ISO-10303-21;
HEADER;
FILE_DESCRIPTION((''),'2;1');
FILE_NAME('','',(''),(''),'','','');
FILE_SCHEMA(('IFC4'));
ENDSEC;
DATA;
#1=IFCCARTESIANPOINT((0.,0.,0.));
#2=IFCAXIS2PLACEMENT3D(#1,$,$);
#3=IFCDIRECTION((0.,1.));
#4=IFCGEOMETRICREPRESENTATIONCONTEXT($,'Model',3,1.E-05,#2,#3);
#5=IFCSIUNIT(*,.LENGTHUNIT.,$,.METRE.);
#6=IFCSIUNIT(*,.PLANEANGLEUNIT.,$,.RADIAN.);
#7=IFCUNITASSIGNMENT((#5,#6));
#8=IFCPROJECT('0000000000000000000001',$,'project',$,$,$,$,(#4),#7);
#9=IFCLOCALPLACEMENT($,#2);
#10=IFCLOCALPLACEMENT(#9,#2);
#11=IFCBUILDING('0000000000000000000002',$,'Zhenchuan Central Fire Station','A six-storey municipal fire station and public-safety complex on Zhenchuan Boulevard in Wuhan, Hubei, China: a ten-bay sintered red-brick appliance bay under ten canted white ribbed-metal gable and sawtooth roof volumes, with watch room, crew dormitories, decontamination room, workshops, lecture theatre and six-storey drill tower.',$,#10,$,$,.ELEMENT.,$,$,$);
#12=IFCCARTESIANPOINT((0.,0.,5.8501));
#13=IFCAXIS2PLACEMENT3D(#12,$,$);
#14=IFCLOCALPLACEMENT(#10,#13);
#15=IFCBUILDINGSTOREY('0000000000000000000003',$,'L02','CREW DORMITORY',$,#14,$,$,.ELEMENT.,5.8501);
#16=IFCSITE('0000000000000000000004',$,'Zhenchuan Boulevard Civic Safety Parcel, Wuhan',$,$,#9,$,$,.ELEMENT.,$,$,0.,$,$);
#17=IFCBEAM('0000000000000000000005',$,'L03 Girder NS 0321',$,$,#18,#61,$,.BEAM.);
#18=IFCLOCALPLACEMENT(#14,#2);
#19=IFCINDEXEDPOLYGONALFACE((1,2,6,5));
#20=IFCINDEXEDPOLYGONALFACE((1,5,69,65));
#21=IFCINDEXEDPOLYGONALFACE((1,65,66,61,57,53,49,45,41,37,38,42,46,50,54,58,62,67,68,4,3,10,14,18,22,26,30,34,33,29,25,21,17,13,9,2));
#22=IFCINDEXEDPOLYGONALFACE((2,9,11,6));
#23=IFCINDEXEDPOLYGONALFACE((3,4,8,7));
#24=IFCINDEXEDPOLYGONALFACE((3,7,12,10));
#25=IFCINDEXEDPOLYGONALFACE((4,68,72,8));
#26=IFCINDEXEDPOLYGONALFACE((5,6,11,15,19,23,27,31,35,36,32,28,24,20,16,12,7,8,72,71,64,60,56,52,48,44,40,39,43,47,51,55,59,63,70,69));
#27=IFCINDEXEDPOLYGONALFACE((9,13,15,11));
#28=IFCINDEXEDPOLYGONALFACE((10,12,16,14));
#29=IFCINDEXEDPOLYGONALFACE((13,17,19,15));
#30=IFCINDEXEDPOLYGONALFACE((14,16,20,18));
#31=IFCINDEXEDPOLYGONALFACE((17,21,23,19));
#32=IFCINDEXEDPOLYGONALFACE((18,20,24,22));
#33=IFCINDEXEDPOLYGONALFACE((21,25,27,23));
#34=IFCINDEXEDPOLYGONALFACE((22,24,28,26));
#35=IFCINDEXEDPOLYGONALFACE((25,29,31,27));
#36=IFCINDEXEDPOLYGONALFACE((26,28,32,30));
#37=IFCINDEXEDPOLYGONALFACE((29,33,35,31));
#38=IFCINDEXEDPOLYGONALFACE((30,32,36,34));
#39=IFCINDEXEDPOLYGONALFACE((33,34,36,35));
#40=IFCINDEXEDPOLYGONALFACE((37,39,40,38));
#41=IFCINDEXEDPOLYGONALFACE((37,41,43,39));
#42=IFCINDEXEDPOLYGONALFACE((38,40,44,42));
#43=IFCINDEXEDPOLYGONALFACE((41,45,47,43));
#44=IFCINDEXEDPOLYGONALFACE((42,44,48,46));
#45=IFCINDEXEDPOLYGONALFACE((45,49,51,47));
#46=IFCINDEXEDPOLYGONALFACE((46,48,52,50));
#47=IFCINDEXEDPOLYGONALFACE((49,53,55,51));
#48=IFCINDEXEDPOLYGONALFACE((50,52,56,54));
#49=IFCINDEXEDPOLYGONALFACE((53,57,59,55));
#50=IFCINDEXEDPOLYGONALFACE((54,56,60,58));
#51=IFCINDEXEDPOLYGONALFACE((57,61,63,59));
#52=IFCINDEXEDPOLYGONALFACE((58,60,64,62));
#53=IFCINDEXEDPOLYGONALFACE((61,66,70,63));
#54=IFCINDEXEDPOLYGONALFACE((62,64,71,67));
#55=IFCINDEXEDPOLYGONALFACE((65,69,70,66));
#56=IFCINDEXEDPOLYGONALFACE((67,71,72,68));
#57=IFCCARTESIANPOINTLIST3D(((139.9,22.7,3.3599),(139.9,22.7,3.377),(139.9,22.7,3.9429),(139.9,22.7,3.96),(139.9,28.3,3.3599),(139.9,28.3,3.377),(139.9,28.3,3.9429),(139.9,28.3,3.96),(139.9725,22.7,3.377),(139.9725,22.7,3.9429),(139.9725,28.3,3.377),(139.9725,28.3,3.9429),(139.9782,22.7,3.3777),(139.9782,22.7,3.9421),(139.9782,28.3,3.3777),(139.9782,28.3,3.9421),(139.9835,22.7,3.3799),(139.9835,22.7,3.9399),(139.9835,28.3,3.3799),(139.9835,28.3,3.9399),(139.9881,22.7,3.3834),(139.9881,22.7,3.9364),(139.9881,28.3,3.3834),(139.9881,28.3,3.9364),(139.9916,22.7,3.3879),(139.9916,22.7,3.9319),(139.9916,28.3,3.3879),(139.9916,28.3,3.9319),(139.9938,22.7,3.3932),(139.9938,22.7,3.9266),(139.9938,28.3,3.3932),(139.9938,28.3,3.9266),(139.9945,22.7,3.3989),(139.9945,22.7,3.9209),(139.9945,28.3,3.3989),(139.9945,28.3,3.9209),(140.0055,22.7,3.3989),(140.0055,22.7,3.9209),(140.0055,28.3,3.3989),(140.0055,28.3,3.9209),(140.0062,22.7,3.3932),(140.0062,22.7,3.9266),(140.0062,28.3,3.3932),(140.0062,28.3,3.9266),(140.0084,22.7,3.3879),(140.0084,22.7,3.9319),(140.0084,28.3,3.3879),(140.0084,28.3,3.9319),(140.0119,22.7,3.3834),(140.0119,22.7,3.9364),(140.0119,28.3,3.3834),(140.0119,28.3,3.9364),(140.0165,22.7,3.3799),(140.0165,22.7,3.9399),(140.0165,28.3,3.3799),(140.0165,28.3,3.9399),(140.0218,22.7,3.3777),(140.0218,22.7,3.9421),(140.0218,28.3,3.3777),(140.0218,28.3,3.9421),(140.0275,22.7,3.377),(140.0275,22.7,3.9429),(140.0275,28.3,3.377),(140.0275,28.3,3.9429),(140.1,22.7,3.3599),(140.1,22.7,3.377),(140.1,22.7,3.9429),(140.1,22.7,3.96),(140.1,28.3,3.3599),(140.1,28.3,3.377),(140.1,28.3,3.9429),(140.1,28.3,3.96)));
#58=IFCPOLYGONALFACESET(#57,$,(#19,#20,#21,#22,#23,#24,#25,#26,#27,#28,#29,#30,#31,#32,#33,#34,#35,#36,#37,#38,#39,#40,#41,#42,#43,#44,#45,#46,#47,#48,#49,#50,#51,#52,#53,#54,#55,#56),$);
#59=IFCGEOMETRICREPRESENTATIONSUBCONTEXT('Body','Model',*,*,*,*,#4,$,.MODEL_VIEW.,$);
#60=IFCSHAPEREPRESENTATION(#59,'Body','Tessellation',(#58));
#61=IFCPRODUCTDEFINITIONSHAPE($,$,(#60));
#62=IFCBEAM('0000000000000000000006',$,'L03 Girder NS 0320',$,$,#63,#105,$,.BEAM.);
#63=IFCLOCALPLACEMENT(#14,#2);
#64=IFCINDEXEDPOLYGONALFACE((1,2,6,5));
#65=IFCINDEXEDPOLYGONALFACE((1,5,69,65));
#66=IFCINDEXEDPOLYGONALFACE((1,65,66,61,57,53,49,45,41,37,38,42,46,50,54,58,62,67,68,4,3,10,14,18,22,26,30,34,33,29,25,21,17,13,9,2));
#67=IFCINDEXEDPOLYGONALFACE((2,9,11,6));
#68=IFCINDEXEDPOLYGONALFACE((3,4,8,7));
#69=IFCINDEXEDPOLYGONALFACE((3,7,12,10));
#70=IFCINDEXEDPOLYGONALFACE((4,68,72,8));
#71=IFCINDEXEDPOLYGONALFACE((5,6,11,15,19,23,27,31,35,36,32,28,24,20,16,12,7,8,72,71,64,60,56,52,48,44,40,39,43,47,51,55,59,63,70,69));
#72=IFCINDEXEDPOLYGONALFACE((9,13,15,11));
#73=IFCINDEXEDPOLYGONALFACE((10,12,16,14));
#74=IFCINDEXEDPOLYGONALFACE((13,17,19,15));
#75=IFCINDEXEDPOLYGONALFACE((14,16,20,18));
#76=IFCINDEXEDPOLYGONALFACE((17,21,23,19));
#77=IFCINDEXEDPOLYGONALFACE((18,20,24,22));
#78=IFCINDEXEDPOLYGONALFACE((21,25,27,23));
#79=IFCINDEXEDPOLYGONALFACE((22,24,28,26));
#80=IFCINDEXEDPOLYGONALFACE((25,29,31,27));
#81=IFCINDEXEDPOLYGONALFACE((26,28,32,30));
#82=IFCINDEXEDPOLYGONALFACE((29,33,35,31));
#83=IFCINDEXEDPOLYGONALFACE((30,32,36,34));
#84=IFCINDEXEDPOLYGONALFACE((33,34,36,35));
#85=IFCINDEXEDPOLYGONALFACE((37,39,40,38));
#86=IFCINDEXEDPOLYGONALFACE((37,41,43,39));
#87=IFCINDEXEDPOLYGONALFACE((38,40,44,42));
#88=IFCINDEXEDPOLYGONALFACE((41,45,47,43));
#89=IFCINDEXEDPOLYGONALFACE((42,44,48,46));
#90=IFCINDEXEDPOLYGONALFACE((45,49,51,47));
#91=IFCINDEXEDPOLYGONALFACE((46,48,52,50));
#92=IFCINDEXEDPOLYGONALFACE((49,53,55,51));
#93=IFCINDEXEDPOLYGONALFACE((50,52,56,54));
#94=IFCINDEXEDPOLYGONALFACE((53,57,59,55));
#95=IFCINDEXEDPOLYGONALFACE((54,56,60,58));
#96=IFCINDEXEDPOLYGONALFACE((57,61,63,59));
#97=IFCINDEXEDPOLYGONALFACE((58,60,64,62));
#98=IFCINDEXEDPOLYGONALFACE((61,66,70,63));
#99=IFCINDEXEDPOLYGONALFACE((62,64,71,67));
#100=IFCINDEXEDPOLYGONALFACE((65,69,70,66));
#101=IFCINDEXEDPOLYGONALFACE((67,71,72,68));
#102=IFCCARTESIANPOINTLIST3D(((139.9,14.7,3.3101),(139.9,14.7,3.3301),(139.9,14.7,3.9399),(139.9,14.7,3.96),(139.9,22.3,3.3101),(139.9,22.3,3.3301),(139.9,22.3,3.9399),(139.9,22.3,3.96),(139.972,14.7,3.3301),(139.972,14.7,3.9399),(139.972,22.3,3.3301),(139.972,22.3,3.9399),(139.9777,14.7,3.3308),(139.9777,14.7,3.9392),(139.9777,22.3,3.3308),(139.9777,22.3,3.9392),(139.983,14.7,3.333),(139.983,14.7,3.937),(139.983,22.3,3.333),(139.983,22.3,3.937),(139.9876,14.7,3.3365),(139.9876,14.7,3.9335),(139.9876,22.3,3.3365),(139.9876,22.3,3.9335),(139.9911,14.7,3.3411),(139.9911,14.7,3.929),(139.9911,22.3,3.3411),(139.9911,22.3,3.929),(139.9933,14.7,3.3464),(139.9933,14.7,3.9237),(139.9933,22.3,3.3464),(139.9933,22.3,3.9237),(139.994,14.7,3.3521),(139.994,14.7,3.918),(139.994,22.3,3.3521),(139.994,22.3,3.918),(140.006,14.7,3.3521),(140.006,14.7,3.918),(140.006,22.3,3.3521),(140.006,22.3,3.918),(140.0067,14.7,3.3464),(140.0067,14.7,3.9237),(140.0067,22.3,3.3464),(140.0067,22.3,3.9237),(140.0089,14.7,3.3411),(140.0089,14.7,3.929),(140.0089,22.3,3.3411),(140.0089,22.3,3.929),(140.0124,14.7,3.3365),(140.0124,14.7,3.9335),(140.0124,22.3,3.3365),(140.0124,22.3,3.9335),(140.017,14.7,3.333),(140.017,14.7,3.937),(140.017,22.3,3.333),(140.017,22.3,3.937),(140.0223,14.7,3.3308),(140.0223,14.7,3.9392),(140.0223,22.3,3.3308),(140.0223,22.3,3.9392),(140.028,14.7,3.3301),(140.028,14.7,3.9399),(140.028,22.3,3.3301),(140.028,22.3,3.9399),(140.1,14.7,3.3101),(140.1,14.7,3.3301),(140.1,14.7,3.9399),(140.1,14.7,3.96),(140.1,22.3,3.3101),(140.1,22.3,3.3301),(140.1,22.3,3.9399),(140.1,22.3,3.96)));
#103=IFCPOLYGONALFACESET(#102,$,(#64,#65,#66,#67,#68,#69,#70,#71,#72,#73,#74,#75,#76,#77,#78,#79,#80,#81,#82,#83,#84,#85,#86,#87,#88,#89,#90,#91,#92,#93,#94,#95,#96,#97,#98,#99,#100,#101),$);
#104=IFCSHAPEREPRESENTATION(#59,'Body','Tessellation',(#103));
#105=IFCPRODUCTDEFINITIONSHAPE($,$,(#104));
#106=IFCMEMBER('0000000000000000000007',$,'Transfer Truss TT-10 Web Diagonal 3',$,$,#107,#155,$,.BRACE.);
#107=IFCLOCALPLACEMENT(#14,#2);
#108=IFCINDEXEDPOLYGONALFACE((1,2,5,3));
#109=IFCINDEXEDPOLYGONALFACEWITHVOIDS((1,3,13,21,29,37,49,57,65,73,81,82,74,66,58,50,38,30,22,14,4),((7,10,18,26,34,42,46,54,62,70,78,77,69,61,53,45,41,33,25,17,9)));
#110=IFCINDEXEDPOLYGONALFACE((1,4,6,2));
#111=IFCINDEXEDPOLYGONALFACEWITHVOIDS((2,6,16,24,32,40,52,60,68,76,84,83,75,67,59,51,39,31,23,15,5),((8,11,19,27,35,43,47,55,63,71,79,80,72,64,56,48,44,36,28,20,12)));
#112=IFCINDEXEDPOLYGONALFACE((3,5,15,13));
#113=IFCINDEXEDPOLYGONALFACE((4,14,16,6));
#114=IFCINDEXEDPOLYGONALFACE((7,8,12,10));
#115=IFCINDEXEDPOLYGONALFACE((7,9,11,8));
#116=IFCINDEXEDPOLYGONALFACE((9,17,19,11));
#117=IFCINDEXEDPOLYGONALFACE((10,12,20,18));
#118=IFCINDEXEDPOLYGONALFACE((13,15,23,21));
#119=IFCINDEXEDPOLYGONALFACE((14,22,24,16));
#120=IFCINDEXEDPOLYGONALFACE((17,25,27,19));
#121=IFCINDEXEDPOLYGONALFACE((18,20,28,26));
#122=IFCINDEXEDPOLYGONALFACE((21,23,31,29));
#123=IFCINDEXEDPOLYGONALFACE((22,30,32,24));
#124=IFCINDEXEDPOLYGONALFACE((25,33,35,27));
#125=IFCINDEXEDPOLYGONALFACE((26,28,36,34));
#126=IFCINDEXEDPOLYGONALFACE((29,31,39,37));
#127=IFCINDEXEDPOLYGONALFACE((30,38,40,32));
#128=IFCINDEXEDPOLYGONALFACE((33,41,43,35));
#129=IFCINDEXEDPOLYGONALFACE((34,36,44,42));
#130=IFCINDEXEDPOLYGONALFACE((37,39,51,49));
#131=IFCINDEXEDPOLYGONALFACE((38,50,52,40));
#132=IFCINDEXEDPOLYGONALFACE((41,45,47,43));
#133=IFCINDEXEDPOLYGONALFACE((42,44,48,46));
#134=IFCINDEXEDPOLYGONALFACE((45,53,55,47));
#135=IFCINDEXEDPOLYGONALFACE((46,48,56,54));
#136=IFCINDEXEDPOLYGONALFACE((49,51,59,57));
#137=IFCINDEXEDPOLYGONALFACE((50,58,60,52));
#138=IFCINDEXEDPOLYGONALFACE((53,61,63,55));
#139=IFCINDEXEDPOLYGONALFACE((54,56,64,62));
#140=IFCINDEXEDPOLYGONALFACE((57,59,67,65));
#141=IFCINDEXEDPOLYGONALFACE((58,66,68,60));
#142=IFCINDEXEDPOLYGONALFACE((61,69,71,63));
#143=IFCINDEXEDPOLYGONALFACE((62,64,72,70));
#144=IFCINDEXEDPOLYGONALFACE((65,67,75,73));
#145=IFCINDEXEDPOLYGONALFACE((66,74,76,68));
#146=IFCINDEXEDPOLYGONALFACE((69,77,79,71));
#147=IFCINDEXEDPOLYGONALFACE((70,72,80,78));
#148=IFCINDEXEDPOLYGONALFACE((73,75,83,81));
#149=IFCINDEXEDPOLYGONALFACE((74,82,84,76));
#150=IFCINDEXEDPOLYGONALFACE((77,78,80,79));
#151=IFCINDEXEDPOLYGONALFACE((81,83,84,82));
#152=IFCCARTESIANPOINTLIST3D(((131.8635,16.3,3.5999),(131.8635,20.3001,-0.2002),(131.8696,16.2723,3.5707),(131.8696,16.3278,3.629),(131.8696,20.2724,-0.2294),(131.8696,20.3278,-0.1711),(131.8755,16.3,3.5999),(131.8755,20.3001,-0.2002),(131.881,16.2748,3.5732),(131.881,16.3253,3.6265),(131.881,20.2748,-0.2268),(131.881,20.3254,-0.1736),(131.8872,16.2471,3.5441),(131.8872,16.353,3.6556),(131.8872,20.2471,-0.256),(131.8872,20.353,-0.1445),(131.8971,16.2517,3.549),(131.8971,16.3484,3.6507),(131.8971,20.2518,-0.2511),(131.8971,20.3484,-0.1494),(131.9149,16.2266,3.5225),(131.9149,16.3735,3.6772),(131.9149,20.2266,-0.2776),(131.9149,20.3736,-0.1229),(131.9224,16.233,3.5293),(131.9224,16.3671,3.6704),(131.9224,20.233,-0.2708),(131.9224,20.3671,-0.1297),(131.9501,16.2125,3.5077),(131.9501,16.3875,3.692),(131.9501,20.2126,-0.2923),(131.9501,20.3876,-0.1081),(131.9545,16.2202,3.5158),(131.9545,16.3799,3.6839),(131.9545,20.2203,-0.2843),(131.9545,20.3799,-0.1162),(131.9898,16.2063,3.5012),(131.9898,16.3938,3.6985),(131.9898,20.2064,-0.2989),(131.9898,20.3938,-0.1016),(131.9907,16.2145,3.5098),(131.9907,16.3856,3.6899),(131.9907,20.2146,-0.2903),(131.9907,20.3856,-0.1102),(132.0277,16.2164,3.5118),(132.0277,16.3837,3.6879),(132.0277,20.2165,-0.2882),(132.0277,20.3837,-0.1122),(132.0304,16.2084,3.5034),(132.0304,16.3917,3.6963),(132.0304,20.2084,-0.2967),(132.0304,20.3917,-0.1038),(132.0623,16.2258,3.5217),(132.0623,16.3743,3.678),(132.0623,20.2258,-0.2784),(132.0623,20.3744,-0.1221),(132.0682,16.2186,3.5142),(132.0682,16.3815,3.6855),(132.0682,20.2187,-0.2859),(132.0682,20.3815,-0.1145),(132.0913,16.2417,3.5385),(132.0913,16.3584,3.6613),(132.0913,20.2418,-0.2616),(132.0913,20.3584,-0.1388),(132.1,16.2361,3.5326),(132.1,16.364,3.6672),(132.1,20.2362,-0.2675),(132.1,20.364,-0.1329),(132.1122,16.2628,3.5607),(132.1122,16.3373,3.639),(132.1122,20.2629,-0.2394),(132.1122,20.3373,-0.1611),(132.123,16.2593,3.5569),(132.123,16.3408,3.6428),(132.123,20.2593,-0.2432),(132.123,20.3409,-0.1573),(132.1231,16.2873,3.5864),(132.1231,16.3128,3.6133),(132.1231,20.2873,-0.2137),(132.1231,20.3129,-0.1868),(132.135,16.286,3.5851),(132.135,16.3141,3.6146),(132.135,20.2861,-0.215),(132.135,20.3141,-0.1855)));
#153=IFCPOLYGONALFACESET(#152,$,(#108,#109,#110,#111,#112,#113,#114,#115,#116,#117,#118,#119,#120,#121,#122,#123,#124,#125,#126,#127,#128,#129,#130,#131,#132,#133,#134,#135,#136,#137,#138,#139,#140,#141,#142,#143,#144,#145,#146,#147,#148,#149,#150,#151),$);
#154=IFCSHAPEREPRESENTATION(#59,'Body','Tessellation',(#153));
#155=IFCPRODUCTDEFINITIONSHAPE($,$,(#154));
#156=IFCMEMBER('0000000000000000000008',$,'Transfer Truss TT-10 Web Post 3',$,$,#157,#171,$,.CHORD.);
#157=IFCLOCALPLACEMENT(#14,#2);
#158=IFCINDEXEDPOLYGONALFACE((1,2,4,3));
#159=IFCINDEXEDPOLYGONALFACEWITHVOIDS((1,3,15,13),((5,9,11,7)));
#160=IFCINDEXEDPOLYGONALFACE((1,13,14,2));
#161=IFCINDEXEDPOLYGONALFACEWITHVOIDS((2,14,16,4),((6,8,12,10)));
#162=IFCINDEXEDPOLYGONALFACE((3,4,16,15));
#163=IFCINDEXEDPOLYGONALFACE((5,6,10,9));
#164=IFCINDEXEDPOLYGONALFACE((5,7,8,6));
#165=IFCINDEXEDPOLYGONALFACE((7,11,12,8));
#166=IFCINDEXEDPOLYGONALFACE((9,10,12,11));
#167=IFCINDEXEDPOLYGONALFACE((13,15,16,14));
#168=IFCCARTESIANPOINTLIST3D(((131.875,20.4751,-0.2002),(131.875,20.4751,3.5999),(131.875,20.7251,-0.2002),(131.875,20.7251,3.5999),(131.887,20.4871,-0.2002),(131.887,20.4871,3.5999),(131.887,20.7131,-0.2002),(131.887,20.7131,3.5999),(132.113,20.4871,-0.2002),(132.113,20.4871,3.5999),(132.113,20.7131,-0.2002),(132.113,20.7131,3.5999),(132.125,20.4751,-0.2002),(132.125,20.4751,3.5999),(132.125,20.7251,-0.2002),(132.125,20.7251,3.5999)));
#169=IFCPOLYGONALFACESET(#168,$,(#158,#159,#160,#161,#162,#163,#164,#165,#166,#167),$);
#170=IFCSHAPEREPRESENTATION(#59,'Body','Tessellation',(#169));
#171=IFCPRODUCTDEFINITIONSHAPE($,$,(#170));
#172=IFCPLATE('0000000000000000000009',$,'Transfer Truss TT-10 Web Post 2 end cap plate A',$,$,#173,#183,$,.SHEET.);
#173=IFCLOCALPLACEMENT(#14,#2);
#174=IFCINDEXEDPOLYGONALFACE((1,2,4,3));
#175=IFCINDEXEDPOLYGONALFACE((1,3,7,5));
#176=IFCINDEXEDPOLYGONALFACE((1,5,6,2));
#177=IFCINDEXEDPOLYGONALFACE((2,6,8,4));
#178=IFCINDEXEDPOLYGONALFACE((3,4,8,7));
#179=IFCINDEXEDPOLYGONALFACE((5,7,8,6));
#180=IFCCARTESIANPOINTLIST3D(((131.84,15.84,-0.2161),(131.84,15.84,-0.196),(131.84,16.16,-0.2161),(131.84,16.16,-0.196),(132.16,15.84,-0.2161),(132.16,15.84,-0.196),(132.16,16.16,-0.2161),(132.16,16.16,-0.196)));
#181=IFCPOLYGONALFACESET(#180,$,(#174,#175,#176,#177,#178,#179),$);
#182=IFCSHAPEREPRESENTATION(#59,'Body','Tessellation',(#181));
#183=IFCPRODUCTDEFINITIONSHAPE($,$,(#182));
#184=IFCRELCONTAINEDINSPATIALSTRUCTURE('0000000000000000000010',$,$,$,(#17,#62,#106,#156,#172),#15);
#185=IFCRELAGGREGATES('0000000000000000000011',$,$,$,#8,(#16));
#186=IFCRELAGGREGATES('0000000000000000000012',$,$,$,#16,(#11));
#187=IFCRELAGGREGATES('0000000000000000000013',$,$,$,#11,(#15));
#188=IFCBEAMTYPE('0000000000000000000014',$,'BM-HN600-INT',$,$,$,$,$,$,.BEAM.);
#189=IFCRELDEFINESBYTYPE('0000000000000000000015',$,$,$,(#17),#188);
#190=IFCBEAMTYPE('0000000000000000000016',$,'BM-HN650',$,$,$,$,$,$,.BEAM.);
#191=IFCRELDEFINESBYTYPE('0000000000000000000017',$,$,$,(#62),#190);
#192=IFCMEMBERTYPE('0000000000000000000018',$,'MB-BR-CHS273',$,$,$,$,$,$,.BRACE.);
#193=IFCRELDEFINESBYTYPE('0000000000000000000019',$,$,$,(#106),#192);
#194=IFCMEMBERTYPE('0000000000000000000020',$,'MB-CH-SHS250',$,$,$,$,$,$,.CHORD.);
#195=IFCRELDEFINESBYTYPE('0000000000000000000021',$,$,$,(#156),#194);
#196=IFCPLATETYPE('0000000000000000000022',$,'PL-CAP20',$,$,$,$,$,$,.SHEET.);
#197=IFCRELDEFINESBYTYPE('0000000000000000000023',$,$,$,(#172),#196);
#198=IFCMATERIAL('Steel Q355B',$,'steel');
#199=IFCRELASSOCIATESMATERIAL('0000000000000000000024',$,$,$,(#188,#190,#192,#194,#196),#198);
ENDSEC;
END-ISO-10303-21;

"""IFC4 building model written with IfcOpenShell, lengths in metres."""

from ifc_helpers import new_model, si_unit, direction, frame, origin, origin_2d, place, context, subcontext, project, spatial, rectangle, hollow_rectangle, hollow_circle, i_section, extrude, material, material_profile, profile_set, type_object, element, save


model = new_model("IFC4")

# Units and contexts
model_context = context("Model", 3, precision=1e-05, world=origin(), true_north=direction((0.0, 1.0)))
body_context = subcontext(model_context, "Body", "Model", "MODEL_VIEW")
ifc_project = project(units=[si_unit("LENGTHUNIT", "METRE"), si_unit("PLANEANGLEUNIT", "RADIAN")], contexts=[model_context])

# Site, building, storey
site_placement = place(None, origin())
site = spatial("IfcSite", under=ifc_project, at=site_placement, Name="Zhenchuan Boulevard Civic Safety Parcel, Wuhan", CompositionType="ELEMENT", RefElevation=0.0)
building_placement = place(site_placement, origin())
building = spatial("IfcBuilding", under=site, at=building_placement, Name="Zhenchuan Central Fire Station", Description="A six-storey municipal fire station and public-safety complex on Zhenchuan Boulevard in Wuhan, Hubei, China: a ten-bay sintered red-brick appliance bay under ten canted white ribbed-metal gable and sawtooth roof volumes, with watch room, crew dormitories, decontamination room, workshops, lecture theatre and six-storey drill tower.", CompositionType="ELEMENT")
storey_placement = place(building_placement, frame((0.0, 0.0, 5.8501)))
storey = spatial("IfcBuildingStorey", under=building, at=storey_placement, Name="L02", Description="CREW DORMITORY", CompositionType="ELEMENT", Elevation=5.8501)

# Shared definitions
ifc_material_1 = material(Name="Steel Q355B", Category="steel")

# Beams
ifc_material_profile_1 = material_profile(ifc_material_1, i_section(OverallWidth=0.2, OverallDepth=0.6001, WebThickness=0.011, FlangeThickness=0.0171, FilletRadius=0.022, at=origin_2d()), Name="HN 600x200")
ifc_profile_set_1 = profile_set([ifc_material_profile_1], Name="Steel Q355B")
beam_type_1 = type_object("IfcBeamType", Name="BM-HN600-INT", PredefinedType="BEAM", material=ifc_profile_set_1)
beam_1_placement = place(storey_placement, frame((140.0, 22.7, 3.6599), z_axis=(0.0, 1.0, 0.0), x_axis=(-1.0, 0.0, 0.0)))
element("IfcBeam", 1, at=beam_1_placement, inside=storey, type_object=beam_type_1, Name="L03 Girder NS 0321", PredefinedType="BEAM", context=body_context, shape_type="SweptSolid", body=[
    extrude(i_section(OverallWidth=0.2, OverallDepth=0.6001, WebThickness=0.011, FlangeThickness=0.0171, FilletRadius=0.022, at=origin_2d()), origin(), (0.0, 0.0, 1.0), 5.6001),
])
ifc_material_profile_2 = material_profile(ifc_material_1, i_section(OverallWidth=0.2, OverallDepth=0.6499, WebThickness=0.012, FlangeThickness=0.02, FilletRadius=0.022, at=origin_2d()), Name="HN 650x200")
ifc_profile_set_2 = profile_set([ifc_material_profile_2], Name="Steel Q355B")
beam_type_2 = type_object("IfcBeamType", Name="BM-HN650", PredefinedType="BEAM", material=ifc_profile_set_2)
beam_2_placement = place(storey_placement, frame((140.0, 14.7, 3.635), z_axis=(0.0, 1.0, 0.0), x_axis=(-1.0, 0.0, 0.0)))
element("IfcBeam", 2, at=beam_2_placement, inside=storey, type_object=beam_type_2, Name="L03 Girder NS 0320", PredefinedType="BEAM", context=body_context, shape_type="SweptSolid", body=[
    extrude(i_section(OverallWidth=0.2, OverallDepth=0.6499, WebThickness=0.012, FlangeThickness=0.02, FilletRadius=0.022, at=origin_2d()), origin(), (0.0, 0.0, 1.0), 7.6001),
])

# Members
ifc_material_profile_3 = material_profile(ifc_material_1, hollow_circle(Radius=0.1365, WallThickness=0.012, at=origin_2d()), Name="CHS 273x12")
ifc_profile_set_3 = profile_set([ifc_material_profile_3], Name="Steel Q355B")
member_type_1 = type_object("IfcMemberType", Name="MB-BR-CHS273", PredefinedType="BRACE", material=ifc_profile_set_3)
member_1_placement = place(storey_placement, frame((132.0, 16.3, 3.5999), z_axis=(0.0, 0.724995, -0.688754), x_axis=(-1.0, 0.0, 0.0)))
element("IfcMember", 3, at=member_1_placement, inside=storey, type_object=member_type_1, Name="Transfer Truss TT-10 Web Diagonal 3", PredefinedType="BRACE", context=body_context, shape_type="SweptSolid", body=[
    extrude(hollow_circle(Radius=0.1365, WallThickness=0.012, at=origin_2d()), origin(), (0.0, 0.0, 1.0), 5.5173),
])
ifc_material_profile_4 = material_profile(ifc_material_1, hollow_rectangle(XDim=0.25, YDim=0.25, WallThickness=0.012, at=origin_2d()), Name="SHS 250x250x12")
ifc_profile_set_4 = profile_set([ifc_material_profile_4], Name="Steel Q355B")
member_type_2 = type_object("IfcMemberType", Name="MB-CH-SHS250", PredefinedType="CHORD", material=ifc_profile_set_4)
member_2_placement = place(storey_placement, frame((132.0, 20.6001, -0.2002), z_axis=(0.0, 0.0, 1.0), x_axis=(1.0, 0.0, 0.0)))
element("IfcMember", 4, at=member_2_placement, inside=storey, type_object=member_type_2, Name="Transfer Truss TT-10 Web Post 3", PredefinedType="CHORD", context=body_context, shape_type="SweptSolid", body=[
    extrude(hollow_rectangle(XDim=0.25, YDim=0.25, WallThickness=0.012, at=origin_2d()), origin(), (0.0, 0.0, 1.0), 3.8),
])

# Plate
ifc_material_profile_5 = material_profile(ifc_material_1, rectangle(XDim=0.3201, YDim=0.3201, at=origin_2d()), Name="PL 320x320x20")
ifc_profile_set_5 = profile_set([ifc_material_profile_5], Name="Steel Q355B")
plate_type_1 = type_object("IfcPlateType", Name="PL-CAP20", PredefinedType="SHEET", material=ifc_profile_set_5)
for number, where, z_axis, x_axis, name in (
    (5, (132.0, 16.0, -0.2161), (0.0, 0.0, 1.0), (1.0, 0.0, 0.0), "Transfer Truss TT-10 Web Post 2 end cap plate A"),
):
    element("IfcPlate", number, at=place(storey_placement, frame(where, z_axis=z_axis, x_axis=x_axis)), inside=storey, type_object=plate_type_1, Name=name, PredefinedType="SHEET", context=body_context, shape_type="SweptSolid", body=[
        extrude(rectangle(XDim=0.3201, YDim=0.3201, at=origin_2d()), origin(), (0.0, 0.0, 1.0), 0.02),
    ])

save(model, "model.ifc")
